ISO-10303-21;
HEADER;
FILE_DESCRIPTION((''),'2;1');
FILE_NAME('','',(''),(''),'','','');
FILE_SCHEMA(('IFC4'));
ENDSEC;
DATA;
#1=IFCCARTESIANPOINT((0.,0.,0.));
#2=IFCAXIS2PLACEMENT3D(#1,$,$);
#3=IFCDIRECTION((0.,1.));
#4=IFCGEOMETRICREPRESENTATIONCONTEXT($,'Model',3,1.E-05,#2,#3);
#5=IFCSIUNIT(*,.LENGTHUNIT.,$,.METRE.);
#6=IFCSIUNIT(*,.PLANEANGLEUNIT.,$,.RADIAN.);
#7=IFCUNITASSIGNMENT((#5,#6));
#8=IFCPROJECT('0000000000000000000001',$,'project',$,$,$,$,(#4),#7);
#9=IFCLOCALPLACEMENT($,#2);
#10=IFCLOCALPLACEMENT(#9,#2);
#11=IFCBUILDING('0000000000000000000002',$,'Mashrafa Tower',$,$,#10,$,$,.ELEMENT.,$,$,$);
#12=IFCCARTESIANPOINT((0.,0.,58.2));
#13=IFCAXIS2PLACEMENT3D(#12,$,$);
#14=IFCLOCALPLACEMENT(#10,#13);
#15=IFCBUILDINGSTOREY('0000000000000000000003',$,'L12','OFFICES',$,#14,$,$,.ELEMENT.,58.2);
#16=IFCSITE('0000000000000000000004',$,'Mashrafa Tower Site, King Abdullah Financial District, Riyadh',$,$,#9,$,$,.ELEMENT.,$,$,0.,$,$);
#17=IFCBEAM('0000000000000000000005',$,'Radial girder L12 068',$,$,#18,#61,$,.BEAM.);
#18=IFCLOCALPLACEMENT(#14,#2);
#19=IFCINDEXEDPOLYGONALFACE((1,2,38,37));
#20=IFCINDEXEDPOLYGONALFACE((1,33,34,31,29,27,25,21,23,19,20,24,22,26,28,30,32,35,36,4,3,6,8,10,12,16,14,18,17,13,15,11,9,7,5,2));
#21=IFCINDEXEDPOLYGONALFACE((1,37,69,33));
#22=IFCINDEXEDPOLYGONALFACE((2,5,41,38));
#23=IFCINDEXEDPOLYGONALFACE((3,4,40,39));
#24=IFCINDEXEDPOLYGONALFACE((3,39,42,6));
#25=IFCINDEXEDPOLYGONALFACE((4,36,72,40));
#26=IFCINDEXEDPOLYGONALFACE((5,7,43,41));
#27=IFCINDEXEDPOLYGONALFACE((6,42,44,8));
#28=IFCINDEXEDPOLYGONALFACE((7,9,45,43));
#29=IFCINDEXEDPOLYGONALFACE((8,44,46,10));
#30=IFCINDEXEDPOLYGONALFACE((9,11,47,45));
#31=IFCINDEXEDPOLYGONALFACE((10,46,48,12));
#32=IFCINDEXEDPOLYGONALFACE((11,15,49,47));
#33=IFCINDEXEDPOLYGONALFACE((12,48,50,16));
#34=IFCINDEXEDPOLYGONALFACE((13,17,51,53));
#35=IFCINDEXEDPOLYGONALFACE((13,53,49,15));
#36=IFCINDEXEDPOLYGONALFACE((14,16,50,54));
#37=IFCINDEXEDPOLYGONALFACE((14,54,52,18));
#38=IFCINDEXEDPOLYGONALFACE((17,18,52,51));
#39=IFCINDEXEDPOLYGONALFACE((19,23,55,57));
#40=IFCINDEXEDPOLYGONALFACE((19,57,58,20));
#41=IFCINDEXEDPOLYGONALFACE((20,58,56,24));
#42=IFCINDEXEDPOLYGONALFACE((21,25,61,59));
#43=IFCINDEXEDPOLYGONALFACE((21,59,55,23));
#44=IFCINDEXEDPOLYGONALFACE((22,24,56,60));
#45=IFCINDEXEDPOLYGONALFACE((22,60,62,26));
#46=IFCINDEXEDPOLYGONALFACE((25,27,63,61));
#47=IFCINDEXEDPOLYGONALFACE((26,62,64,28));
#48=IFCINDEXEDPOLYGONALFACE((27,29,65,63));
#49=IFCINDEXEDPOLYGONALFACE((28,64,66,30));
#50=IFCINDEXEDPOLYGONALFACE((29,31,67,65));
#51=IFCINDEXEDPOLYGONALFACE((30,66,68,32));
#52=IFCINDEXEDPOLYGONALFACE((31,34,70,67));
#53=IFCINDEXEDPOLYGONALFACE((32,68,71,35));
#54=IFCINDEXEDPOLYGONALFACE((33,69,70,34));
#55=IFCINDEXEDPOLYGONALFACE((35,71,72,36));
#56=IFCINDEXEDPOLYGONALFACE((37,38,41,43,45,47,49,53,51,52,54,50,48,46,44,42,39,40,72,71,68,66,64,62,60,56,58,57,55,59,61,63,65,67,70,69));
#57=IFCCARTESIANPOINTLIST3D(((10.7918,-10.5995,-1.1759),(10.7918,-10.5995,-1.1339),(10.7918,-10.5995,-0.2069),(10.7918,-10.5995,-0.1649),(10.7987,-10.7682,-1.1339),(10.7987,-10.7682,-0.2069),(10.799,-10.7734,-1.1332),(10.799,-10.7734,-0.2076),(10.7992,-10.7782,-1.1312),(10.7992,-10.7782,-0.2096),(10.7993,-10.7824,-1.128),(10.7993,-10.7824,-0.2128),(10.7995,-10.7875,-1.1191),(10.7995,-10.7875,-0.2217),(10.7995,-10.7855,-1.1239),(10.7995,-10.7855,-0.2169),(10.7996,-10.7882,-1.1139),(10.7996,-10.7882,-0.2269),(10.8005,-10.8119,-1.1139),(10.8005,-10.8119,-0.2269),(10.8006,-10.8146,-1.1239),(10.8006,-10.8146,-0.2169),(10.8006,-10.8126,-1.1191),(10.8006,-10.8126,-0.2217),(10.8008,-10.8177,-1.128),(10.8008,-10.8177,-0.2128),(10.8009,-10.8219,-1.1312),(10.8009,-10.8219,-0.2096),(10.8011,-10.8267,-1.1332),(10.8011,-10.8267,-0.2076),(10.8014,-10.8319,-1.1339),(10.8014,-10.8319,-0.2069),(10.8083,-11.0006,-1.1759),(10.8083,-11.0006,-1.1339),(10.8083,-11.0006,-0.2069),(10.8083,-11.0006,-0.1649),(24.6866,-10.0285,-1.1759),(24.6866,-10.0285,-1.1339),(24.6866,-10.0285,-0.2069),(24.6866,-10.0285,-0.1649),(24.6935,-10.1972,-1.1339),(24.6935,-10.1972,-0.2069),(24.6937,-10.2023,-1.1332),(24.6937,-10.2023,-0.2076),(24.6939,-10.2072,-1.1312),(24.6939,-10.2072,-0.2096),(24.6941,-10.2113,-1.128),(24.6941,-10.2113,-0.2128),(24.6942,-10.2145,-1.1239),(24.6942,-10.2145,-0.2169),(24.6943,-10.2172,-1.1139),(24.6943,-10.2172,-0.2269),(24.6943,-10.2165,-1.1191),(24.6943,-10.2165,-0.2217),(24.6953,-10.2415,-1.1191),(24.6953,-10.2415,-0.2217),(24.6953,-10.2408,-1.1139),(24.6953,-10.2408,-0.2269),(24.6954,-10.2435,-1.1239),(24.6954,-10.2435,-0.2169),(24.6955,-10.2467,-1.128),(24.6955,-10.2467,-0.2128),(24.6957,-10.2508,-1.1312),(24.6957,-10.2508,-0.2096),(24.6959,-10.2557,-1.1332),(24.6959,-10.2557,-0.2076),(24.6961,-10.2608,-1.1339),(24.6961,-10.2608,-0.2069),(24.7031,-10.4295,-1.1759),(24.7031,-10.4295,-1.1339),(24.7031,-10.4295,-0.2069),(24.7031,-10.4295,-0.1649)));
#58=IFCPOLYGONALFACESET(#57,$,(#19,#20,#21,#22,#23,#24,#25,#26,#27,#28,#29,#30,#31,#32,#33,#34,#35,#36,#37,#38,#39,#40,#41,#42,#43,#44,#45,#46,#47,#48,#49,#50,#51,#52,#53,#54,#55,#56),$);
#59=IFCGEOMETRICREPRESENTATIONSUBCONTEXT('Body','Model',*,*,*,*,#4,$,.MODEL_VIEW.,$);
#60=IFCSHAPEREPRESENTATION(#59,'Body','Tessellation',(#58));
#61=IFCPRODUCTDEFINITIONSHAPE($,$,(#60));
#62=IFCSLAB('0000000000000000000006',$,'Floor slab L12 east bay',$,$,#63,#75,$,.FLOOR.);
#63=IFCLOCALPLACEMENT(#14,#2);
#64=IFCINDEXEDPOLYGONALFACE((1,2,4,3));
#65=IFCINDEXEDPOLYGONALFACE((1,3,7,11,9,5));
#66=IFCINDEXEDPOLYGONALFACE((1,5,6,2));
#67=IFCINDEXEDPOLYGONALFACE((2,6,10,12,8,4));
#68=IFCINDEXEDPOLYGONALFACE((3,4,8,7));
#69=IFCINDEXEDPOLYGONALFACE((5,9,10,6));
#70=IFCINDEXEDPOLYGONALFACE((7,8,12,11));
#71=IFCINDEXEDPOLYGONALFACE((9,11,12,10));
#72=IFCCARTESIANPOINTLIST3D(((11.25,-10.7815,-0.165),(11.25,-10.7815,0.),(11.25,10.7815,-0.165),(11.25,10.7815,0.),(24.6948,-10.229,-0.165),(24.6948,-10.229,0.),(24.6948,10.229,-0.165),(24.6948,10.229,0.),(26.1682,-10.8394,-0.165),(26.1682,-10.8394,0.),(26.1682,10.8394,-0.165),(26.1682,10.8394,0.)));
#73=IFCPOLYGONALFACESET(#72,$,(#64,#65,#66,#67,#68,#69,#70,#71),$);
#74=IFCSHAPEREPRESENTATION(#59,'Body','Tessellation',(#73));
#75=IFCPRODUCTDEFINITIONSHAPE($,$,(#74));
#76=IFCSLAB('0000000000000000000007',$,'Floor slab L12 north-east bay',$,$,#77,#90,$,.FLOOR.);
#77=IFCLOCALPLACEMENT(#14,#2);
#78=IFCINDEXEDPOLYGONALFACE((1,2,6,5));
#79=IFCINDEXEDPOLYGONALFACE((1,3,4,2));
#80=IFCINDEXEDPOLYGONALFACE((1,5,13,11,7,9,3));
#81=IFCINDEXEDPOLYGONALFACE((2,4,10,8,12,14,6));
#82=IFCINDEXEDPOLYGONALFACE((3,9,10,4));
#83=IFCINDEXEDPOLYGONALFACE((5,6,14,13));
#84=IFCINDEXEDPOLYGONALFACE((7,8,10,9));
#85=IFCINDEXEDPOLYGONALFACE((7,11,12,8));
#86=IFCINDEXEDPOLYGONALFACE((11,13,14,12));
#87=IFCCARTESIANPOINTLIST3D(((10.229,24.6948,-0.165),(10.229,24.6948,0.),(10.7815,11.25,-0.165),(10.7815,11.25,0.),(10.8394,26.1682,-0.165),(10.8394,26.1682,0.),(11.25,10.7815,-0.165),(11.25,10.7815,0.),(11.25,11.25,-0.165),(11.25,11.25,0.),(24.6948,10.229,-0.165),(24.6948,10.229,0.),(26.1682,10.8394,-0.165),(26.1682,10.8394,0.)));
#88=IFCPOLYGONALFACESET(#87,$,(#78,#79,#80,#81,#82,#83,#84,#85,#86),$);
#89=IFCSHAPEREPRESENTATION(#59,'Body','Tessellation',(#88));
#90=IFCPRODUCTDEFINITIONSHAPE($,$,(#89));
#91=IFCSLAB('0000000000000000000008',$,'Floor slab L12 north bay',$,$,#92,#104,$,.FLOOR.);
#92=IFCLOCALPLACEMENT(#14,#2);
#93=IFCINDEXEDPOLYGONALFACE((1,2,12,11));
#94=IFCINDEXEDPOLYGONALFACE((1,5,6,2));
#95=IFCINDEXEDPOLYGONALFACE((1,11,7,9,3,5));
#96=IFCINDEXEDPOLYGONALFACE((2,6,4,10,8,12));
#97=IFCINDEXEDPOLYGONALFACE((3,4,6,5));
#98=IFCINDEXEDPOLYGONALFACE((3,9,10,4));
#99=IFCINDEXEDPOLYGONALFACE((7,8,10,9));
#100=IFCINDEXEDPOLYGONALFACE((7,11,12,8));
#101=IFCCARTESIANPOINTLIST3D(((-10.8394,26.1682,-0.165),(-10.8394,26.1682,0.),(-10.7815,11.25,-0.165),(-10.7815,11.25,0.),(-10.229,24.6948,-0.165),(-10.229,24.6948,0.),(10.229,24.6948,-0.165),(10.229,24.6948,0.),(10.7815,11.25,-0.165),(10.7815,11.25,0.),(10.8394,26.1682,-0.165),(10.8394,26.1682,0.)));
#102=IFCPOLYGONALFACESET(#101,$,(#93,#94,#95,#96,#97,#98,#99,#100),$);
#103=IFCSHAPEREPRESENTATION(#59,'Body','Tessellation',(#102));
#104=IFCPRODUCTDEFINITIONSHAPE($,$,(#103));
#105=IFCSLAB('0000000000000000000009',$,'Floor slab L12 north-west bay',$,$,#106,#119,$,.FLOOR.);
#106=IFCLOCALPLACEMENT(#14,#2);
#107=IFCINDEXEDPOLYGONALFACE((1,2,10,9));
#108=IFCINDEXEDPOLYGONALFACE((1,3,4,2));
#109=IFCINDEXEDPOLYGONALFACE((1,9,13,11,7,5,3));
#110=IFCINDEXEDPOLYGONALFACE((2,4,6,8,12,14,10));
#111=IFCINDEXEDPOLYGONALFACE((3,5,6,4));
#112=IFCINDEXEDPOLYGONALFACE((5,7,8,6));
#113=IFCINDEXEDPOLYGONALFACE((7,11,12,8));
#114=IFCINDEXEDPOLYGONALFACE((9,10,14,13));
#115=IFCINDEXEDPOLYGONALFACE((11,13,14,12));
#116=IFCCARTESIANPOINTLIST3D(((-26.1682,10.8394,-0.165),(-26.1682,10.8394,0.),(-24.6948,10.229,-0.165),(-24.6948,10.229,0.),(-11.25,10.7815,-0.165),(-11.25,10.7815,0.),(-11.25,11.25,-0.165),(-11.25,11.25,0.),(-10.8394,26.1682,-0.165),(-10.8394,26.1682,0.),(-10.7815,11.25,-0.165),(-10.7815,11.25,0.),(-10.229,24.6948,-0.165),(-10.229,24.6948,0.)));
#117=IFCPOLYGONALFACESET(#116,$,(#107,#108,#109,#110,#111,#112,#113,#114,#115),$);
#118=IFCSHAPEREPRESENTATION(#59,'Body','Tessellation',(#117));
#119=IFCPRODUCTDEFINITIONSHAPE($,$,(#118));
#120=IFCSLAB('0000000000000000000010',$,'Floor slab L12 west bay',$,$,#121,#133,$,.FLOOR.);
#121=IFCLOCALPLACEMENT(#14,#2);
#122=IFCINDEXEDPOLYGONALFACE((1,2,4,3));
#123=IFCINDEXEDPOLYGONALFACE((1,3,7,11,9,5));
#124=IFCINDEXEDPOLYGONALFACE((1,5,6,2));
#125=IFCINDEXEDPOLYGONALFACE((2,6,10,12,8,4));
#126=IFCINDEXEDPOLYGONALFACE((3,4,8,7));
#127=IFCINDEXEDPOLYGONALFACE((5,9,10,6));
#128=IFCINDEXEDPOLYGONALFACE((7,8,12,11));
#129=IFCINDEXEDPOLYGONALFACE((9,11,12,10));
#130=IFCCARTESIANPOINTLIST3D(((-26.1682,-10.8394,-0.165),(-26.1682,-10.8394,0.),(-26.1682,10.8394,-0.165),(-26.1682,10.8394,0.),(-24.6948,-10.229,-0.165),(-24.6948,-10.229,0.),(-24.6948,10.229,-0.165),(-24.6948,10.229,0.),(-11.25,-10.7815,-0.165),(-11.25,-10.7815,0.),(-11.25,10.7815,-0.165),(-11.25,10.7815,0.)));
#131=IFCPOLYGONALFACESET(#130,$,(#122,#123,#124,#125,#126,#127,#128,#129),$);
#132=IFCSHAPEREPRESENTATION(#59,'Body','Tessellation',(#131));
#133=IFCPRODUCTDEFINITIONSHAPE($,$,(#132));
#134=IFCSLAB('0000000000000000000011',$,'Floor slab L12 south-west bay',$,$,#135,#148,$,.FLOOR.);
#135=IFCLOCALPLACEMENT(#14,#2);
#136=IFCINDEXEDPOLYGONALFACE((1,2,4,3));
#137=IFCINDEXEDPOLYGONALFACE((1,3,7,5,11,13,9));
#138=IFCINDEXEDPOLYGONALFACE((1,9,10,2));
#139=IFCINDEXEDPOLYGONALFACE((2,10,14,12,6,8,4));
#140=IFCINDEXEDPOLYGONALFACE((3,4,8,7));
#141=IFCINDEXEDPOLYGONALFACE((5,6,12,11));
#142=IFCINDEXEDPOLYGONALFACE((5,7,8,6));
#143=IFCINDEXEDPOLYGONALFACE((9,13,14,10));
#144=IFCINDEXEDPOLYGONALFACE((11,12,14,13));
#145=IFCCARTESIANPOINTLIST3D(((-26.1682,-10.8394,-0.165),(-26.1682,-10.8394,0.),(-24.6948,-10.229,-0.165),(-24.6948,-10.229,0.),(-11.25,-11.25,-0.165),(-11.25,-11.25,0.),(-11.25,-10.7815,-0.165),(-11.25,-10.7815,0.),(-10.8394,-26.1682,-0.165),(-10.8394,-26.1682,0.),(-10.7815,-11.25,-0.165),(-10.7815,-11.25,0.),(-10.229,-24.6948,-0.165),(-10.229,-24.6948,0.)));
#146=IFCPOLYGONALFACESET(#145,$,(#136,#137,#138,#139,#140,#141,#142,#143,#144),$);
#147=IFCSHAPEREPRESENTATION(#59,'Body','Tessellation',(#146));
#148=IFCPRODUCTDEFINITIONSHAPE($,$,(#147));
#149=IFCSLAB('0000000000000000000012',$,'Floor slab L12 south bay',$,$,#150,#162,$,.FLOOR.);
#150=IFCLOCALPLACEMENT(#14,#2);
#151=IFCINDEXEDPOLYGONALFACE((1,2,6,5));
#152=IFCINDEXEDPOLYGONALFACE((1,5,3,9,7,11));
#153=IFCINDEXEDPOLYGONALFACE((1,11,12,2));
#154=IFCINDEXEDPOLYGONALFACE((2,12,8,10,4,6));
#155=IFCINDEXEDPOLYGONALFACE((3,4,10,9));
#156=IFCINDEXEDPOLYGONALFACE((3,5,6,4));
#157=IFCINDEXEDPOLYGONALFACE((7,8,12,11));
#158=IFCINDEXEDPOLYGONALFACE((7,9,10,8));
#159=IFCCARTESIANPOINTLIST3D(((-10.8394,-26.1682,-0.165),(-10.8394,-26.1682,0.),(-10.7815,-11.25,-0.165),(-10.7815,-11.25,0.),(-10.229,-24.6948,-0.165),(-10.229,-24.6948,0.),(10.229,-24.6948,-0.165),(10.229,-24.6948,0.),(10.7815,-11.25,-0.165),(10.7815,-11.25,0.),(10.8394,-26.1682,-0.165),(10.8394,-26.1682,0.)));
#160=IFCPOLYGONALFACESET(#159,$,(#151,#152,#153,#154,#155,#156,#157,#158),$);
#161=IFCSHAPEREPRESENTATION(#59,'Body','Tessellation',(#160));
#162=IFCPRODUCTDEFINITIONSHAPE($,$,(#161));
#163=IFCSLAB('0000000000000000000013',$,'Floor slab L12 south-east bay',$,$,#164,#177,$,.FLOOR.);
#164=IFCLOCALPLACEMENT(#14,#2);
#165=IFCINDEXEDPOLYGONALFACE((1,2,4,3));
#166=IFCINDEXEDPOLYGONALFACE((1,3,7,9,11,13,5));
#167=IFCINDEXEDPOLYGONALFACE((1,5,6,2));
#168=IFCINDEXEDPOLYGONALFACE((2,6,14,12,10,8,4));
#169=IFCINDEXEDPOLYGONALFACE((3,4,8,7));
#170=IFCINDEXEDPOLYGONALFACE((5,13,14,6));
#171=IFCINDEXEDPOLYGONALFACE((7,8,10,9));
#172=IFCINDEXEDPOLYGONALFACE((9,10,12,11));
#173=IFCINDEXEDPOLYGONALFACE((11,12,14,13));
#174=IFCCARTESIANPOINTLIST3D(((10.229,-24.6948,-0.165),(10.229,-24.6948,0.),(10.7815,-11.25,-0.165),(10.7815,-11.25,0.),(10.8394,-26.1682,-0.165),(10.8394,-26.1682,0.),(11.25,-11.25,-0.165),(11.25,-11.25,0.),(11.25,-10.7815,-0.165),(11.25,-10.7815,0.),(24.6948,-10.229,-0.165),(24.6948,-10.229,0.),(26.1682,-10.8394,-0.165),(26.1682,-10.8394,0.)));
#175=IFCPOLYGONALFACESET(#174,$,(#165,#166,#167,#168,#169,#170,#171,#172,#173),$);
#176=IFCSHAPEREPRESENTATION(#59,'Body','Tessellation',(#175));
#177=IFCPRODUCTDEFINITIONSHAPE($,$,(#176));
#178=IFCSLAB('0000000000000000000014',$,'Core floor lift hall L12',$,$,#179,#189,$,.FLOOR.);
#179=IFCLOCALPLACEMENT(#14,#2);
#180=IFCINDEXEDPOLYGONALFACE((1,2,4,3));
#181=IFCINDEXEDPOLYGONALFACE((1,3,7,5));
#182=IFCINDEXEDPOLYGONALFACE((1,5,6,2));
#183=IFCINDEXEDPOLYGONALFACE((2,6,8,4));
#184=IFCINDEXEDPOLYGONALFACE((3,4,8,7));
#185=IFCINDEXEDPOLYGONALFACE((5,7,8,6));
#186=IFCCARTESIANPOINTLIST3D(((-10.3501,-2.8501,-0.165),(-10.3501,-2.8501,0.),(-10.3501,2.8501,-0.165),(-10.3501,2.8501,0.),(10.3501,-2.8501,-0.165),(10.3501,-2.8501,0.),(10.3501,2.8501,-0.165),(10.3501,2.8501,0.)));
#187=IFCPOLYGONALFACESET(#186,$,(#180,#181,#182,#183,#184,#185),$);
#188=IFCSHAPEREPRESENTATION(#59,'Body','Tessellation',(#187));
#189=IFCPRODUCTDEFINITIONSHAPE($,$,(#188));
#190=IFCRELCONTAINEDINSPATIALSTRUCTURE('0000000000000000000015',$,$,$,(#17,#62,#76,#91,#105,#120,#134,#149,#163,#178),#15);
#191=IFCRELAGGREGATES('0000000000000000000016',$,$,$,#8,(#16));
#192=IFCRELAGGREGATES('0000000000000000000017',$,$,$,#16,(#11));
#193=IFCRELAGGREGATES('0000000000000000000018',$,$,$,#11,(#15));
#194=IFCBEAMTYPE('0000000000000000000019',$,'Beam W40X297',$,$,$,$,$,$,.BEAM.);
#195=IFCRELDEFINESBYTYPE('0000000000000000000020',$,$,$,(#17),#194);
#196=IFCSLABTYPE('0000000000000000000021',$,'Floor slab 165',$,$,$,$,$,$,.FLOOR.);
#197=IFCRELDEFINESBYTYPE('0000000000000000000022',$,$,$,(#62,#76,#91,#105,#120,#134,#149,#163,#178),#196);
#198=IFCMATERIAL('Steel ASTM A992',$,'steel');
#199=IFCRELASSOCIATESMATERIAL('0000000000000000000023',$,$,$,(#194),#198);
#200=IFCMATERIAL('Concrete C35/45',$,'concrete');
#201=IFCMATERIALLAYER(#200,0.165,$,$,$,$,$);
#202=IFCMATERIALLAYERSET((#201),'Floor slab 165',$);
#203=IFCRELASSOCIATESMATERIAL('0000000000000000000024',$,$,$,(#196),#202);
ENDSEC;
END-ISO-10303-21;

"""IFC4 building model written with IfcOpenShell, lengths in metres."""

from ifc_helpers import new_model, si_unit, direction, frame, origin, origin_2d, place, context, subcontext, project, spatial, polyline, i_section, outline, extrude, material, layer, layer_set, material_profile, profile_set, type_object, element, save


model = new_model("IFC4")

# Units and contexts
model_context = context("Model", 3, precision=1e-05, world=origin(), true_north=direction((0.0, 1.0)))
body_context = subcontext(model_context, "Body", "Model", "MODEL_VIEW")
ifc_project = project(units=[si_unit("LENGTHUNIT", "METRE"), si_unit("PLANEANGLEUNIT", "RADIAN")], contexts=[model_context])

# Site, building, storey
site_placement = place(None, origin())
site = spatial("IfcSite", under=ifc_project, at=site_placement, Name="Mashrafa Tower Site, King Abdullah Financial District, Riyadh", CompositionType="ELEMENT", RefElevation=0.0)
building_placement = place(site_placement, origin())
building = spatial("IfcBuilding", under=site, at=building_placement, Name="Mashrafa Tower", CompositionType="ELEMENT")
storey_placement = place(building_placement, frame((0.0, 0.0, 58.2)))
storey = spatial("IfcBuildingStorey", under=building, at=storey_placement, Name="L12", Description="OFFICES", CompositionType="ELEMENT", Elevation=58.2)

# Beam
ifc_material_1 = material(Name="Steel ASTM A992", Category="steel")
ifc_material_profile = material_profile(ifc_material_1, i_section(OverallWidth=0.4014, OverallDepth=1.011, WebThickness=0.0237, FlangeThickness=0.042, FilletRadius=0.02, at=origin_2d()), Name="W40X297")
ifc_profile_set = profile_set([ifc_material_profile], Name="Steel ASTM A992")
beam_type = type_object("IfcBeamType", Name="Beam W40X297", PredefinedType="BEAM", material=ifc_profile_set)
beam_placement = place(storey_placement, frame((10.8, -10.8, -0.6704), z_axis=(0.999157, 0.041063, 0.0), x_axis=(-0.041063, 0.999157, 0.0)))
element("IfcBeam", 1, at=beam_placement, inside=storey, type_object=beam_type, Name="Radial girder L12 068", PredefinedType="BEAM", context=body_context, shape_type="SweptSolid", body=[
    extrude(i_section(OverallWidth=0.4014, OverallDepth=1.011, WebThickness=0.0237, FlangeThickness=0.042, FilletRadius=0.02, at=origin_2d()), origin(), (0.0, 0.0, 1.0), 13.9065),
])

# Slabs
ifc_material_2 = material(Name="Concrete C35/45", Category="concrete")
ifc_layer_1 = layer(ifc_material_2, 0.165)
ifc_layer_set_1 = layer_set([ifc_layer_1], Name="Floor slab 165")
slab_type_1 = type_object("IfcSlabType", Name="Floor slab 165", PredefinedType="FLOOR", material=ifc_layer_set_1)
slab_1_placement = place(storey_placement, frame((0.0, 0.0, -0.165)))
element("IfcSlab", 2, at=slab_1_placement, inside=storey, type_object=slab_type_1, Name="Floor slab L12 east bay", PredefinedType="FLOOR", context=body_context, shape_type="SweptSolid", body=[
    extrude(outline(polyline([(26.1682, -10.8394), (24.6948, -10.229), (11.25, -10.7815), (11.25, 10.7815), (24.6948, 10.229), (26.1682, 10.8394), (26.1682, -10.8394)])), origin(), (0.0, 0.0, 1.0), 0.165),
])
slab_2_placement = place(storey_placement, frame((0.0, 0.0, -0.165)))
element("IfcSlab", 3, at=slab_2_placement, inside=storey, type_object=slab_type_1, Name="Floor slab L12 north-east bay", PredefinedType="FLOOR", context=body_context, shape_type="SweptSolid", body=[
    extrude(outline(polyline([(10.8394, 26.1682), (26.1682, 10.8394), (26.1682, 10.8394), (24.6948, 10.229), (11.25, 10.7815), (11.25, 11.25), (10.7815, 11.25), (10.229, 24.6948), (10.8394, 26.1682), (10.8394, 26.1682)])), origin(), (0.0, 0.0, 1.0), 0.165),
])
slab_3_placement = place(storey_placement, frame((0.0, 0.0, -0.165)))
element("IfcSlab", 4, at=slab_3_placement, inside=storey, type_object=slab_type_1, Name="Floor slab L12 north bay", PredefinedType="FLOOR", context=body_context, shape_type="SweptSolid", body=[
    extrude(outline(polyline([(10.8394, 26.1682), (10.229, 24.6948), (10.7815, 11.25), (-10.7815, 11.25), (-10.229, 24.6948), (-10.8394, 26.1682), (10.8394, 26.1682)])), origin(), (0.0, 0.0, 1.0), 0.165),
])
slab_4_placement = place(storey_placement, frame((0.0, 0.0, -0.165)))
element("IfcSlab", 5, at=slab_4_placement, inside=storey, type_object=slab_type_1, Name="Floor slab L12 north-west bay", PredefinedType="FLOOR", context=body_context, shape_type="SweptSolid", body=[
    extrude(outline(polyline([(-26.1682, 10.8394), (-10.8394, 26.1682), (-10.8394, 26.1682), (-10.229, 24.6948), (-10.7815, 11.25), (-11.25, 11.25), (-11.25, 10.7815), (-24.6948, 10.229), (-26.1682, 10.8394), (-26.1682, 10.8394)])), origin(), (0.0, 0.0, 1.0), 0.165),
])
slab_5_placement = place(storey_placement, frame((0.0, 0.0, -0.165)))
element("IfcSlab", 6, at=slab_5_placement, inside=storey, type_object=slab_type_1, Name="Floor slab L12 west bay", PredefinedType="FLOOR", context=body_context, shape_type="SweptSolid", body=[
    extrude(outline(polyline([(-26.1682, 10.8394), (-24.6948, 10.229), (-11.25, 10.7815), (-11.25, -10.7815), (-24.6948, -10.229), (-26.1682, -10.8394), (-26.1682, 10.8394)])), origin(), (0.0, 0.0, 1.0), 0.165),
])
slab_6_placement = place(storey_placement, frame((0.0, 0.0, -0.165)))
element("IfcSlab", 7, at=slab_6_placement, inside=storey, type_object=slab_type_1, Name="Floor slab L12 south-west bay", PredefinedType="FLOOR", context=body_context, shape_type="SweptSolid", body=[
    extrude(outline(polyline([(-10.8394, -26.1682), (-26.1682, -10.8394), (-26.1682, -10.8394), (-24.6948, -10.229), (-11.25, -10.7815), (-11.25, -11.25), (-10.7815, -11.25), (-10.229, -24.6948), (-10.8394, -26.1682), (-10.8394, -26.1682)])), origin(), (0.0, 0.0, 1.0), 0.165),
])
slab_7_placement = place(storey_placement, frame((0.0, 0.0, -0.165)))
element("IfcSlab", 8, at=slab_7_placement, inside=storey, type_object=slab_type_1, Name="Floor slab L12 south bay", PredefinedType="FLOOR", context=body_context, shape_type="SweptSolid", body=[
    extrude(outline(polyline([(-10.8394, -26.1682), (-10.229, -24.6948), (-10.7815, -11.25), (10.7815, -11.25), (10.229, -24.6948), (10.8394, -26.1682), (-10.8394, -26.1682)])), origin(), (0.0, 0.0, 1.0), 0.165),
])
slab_8_placement = place(storey_placement, frame((0.0, 0.0, -0.165)))
element("IfcSlab", 9, at=slab_8_placement, inside=storey, type_object=slab_type_1, Name="Floor slab L12 south-east bay", PredefinedType="FLOOR", context=body_context, shape_type="SweptSolid", body=[
    extrude(outline(polyline([(10.8394, -26.1682), (10.229, -24.6948), (10.7815, -11.25), (11.25, -11.25), (11.25, -10.7815), (24.6948, -10.229), (26.1682, -10.8394), (26.1682, -10.8394), (10.8394, -26.1682), (10.8394, -26.1682)])), origin(), (0.0, 0.0, 1.0), 0.165),
])
slab_9_placement = place(storey_placement, frame((0.0, 0.0, -0.165)))
element("IfcSlab", 10, at=slab_9_placement, inside=storey, type_object=slab_type_1, Name="Core floor lift hall L12", PredefinedType="FLOOR", context=body_context, shape_type="SweptSolid", body=[
    extrude(outline(polyline([(-10.3501, 2.8501), (10.3501, 2.8501), (10.3501, -2.8501), (-10.3501, -2.8501), (-10.3501, 2.8501)])), origin(), (0.0, 0.0, 1.0), 0.165),
])

save(model, "model.ifc")
